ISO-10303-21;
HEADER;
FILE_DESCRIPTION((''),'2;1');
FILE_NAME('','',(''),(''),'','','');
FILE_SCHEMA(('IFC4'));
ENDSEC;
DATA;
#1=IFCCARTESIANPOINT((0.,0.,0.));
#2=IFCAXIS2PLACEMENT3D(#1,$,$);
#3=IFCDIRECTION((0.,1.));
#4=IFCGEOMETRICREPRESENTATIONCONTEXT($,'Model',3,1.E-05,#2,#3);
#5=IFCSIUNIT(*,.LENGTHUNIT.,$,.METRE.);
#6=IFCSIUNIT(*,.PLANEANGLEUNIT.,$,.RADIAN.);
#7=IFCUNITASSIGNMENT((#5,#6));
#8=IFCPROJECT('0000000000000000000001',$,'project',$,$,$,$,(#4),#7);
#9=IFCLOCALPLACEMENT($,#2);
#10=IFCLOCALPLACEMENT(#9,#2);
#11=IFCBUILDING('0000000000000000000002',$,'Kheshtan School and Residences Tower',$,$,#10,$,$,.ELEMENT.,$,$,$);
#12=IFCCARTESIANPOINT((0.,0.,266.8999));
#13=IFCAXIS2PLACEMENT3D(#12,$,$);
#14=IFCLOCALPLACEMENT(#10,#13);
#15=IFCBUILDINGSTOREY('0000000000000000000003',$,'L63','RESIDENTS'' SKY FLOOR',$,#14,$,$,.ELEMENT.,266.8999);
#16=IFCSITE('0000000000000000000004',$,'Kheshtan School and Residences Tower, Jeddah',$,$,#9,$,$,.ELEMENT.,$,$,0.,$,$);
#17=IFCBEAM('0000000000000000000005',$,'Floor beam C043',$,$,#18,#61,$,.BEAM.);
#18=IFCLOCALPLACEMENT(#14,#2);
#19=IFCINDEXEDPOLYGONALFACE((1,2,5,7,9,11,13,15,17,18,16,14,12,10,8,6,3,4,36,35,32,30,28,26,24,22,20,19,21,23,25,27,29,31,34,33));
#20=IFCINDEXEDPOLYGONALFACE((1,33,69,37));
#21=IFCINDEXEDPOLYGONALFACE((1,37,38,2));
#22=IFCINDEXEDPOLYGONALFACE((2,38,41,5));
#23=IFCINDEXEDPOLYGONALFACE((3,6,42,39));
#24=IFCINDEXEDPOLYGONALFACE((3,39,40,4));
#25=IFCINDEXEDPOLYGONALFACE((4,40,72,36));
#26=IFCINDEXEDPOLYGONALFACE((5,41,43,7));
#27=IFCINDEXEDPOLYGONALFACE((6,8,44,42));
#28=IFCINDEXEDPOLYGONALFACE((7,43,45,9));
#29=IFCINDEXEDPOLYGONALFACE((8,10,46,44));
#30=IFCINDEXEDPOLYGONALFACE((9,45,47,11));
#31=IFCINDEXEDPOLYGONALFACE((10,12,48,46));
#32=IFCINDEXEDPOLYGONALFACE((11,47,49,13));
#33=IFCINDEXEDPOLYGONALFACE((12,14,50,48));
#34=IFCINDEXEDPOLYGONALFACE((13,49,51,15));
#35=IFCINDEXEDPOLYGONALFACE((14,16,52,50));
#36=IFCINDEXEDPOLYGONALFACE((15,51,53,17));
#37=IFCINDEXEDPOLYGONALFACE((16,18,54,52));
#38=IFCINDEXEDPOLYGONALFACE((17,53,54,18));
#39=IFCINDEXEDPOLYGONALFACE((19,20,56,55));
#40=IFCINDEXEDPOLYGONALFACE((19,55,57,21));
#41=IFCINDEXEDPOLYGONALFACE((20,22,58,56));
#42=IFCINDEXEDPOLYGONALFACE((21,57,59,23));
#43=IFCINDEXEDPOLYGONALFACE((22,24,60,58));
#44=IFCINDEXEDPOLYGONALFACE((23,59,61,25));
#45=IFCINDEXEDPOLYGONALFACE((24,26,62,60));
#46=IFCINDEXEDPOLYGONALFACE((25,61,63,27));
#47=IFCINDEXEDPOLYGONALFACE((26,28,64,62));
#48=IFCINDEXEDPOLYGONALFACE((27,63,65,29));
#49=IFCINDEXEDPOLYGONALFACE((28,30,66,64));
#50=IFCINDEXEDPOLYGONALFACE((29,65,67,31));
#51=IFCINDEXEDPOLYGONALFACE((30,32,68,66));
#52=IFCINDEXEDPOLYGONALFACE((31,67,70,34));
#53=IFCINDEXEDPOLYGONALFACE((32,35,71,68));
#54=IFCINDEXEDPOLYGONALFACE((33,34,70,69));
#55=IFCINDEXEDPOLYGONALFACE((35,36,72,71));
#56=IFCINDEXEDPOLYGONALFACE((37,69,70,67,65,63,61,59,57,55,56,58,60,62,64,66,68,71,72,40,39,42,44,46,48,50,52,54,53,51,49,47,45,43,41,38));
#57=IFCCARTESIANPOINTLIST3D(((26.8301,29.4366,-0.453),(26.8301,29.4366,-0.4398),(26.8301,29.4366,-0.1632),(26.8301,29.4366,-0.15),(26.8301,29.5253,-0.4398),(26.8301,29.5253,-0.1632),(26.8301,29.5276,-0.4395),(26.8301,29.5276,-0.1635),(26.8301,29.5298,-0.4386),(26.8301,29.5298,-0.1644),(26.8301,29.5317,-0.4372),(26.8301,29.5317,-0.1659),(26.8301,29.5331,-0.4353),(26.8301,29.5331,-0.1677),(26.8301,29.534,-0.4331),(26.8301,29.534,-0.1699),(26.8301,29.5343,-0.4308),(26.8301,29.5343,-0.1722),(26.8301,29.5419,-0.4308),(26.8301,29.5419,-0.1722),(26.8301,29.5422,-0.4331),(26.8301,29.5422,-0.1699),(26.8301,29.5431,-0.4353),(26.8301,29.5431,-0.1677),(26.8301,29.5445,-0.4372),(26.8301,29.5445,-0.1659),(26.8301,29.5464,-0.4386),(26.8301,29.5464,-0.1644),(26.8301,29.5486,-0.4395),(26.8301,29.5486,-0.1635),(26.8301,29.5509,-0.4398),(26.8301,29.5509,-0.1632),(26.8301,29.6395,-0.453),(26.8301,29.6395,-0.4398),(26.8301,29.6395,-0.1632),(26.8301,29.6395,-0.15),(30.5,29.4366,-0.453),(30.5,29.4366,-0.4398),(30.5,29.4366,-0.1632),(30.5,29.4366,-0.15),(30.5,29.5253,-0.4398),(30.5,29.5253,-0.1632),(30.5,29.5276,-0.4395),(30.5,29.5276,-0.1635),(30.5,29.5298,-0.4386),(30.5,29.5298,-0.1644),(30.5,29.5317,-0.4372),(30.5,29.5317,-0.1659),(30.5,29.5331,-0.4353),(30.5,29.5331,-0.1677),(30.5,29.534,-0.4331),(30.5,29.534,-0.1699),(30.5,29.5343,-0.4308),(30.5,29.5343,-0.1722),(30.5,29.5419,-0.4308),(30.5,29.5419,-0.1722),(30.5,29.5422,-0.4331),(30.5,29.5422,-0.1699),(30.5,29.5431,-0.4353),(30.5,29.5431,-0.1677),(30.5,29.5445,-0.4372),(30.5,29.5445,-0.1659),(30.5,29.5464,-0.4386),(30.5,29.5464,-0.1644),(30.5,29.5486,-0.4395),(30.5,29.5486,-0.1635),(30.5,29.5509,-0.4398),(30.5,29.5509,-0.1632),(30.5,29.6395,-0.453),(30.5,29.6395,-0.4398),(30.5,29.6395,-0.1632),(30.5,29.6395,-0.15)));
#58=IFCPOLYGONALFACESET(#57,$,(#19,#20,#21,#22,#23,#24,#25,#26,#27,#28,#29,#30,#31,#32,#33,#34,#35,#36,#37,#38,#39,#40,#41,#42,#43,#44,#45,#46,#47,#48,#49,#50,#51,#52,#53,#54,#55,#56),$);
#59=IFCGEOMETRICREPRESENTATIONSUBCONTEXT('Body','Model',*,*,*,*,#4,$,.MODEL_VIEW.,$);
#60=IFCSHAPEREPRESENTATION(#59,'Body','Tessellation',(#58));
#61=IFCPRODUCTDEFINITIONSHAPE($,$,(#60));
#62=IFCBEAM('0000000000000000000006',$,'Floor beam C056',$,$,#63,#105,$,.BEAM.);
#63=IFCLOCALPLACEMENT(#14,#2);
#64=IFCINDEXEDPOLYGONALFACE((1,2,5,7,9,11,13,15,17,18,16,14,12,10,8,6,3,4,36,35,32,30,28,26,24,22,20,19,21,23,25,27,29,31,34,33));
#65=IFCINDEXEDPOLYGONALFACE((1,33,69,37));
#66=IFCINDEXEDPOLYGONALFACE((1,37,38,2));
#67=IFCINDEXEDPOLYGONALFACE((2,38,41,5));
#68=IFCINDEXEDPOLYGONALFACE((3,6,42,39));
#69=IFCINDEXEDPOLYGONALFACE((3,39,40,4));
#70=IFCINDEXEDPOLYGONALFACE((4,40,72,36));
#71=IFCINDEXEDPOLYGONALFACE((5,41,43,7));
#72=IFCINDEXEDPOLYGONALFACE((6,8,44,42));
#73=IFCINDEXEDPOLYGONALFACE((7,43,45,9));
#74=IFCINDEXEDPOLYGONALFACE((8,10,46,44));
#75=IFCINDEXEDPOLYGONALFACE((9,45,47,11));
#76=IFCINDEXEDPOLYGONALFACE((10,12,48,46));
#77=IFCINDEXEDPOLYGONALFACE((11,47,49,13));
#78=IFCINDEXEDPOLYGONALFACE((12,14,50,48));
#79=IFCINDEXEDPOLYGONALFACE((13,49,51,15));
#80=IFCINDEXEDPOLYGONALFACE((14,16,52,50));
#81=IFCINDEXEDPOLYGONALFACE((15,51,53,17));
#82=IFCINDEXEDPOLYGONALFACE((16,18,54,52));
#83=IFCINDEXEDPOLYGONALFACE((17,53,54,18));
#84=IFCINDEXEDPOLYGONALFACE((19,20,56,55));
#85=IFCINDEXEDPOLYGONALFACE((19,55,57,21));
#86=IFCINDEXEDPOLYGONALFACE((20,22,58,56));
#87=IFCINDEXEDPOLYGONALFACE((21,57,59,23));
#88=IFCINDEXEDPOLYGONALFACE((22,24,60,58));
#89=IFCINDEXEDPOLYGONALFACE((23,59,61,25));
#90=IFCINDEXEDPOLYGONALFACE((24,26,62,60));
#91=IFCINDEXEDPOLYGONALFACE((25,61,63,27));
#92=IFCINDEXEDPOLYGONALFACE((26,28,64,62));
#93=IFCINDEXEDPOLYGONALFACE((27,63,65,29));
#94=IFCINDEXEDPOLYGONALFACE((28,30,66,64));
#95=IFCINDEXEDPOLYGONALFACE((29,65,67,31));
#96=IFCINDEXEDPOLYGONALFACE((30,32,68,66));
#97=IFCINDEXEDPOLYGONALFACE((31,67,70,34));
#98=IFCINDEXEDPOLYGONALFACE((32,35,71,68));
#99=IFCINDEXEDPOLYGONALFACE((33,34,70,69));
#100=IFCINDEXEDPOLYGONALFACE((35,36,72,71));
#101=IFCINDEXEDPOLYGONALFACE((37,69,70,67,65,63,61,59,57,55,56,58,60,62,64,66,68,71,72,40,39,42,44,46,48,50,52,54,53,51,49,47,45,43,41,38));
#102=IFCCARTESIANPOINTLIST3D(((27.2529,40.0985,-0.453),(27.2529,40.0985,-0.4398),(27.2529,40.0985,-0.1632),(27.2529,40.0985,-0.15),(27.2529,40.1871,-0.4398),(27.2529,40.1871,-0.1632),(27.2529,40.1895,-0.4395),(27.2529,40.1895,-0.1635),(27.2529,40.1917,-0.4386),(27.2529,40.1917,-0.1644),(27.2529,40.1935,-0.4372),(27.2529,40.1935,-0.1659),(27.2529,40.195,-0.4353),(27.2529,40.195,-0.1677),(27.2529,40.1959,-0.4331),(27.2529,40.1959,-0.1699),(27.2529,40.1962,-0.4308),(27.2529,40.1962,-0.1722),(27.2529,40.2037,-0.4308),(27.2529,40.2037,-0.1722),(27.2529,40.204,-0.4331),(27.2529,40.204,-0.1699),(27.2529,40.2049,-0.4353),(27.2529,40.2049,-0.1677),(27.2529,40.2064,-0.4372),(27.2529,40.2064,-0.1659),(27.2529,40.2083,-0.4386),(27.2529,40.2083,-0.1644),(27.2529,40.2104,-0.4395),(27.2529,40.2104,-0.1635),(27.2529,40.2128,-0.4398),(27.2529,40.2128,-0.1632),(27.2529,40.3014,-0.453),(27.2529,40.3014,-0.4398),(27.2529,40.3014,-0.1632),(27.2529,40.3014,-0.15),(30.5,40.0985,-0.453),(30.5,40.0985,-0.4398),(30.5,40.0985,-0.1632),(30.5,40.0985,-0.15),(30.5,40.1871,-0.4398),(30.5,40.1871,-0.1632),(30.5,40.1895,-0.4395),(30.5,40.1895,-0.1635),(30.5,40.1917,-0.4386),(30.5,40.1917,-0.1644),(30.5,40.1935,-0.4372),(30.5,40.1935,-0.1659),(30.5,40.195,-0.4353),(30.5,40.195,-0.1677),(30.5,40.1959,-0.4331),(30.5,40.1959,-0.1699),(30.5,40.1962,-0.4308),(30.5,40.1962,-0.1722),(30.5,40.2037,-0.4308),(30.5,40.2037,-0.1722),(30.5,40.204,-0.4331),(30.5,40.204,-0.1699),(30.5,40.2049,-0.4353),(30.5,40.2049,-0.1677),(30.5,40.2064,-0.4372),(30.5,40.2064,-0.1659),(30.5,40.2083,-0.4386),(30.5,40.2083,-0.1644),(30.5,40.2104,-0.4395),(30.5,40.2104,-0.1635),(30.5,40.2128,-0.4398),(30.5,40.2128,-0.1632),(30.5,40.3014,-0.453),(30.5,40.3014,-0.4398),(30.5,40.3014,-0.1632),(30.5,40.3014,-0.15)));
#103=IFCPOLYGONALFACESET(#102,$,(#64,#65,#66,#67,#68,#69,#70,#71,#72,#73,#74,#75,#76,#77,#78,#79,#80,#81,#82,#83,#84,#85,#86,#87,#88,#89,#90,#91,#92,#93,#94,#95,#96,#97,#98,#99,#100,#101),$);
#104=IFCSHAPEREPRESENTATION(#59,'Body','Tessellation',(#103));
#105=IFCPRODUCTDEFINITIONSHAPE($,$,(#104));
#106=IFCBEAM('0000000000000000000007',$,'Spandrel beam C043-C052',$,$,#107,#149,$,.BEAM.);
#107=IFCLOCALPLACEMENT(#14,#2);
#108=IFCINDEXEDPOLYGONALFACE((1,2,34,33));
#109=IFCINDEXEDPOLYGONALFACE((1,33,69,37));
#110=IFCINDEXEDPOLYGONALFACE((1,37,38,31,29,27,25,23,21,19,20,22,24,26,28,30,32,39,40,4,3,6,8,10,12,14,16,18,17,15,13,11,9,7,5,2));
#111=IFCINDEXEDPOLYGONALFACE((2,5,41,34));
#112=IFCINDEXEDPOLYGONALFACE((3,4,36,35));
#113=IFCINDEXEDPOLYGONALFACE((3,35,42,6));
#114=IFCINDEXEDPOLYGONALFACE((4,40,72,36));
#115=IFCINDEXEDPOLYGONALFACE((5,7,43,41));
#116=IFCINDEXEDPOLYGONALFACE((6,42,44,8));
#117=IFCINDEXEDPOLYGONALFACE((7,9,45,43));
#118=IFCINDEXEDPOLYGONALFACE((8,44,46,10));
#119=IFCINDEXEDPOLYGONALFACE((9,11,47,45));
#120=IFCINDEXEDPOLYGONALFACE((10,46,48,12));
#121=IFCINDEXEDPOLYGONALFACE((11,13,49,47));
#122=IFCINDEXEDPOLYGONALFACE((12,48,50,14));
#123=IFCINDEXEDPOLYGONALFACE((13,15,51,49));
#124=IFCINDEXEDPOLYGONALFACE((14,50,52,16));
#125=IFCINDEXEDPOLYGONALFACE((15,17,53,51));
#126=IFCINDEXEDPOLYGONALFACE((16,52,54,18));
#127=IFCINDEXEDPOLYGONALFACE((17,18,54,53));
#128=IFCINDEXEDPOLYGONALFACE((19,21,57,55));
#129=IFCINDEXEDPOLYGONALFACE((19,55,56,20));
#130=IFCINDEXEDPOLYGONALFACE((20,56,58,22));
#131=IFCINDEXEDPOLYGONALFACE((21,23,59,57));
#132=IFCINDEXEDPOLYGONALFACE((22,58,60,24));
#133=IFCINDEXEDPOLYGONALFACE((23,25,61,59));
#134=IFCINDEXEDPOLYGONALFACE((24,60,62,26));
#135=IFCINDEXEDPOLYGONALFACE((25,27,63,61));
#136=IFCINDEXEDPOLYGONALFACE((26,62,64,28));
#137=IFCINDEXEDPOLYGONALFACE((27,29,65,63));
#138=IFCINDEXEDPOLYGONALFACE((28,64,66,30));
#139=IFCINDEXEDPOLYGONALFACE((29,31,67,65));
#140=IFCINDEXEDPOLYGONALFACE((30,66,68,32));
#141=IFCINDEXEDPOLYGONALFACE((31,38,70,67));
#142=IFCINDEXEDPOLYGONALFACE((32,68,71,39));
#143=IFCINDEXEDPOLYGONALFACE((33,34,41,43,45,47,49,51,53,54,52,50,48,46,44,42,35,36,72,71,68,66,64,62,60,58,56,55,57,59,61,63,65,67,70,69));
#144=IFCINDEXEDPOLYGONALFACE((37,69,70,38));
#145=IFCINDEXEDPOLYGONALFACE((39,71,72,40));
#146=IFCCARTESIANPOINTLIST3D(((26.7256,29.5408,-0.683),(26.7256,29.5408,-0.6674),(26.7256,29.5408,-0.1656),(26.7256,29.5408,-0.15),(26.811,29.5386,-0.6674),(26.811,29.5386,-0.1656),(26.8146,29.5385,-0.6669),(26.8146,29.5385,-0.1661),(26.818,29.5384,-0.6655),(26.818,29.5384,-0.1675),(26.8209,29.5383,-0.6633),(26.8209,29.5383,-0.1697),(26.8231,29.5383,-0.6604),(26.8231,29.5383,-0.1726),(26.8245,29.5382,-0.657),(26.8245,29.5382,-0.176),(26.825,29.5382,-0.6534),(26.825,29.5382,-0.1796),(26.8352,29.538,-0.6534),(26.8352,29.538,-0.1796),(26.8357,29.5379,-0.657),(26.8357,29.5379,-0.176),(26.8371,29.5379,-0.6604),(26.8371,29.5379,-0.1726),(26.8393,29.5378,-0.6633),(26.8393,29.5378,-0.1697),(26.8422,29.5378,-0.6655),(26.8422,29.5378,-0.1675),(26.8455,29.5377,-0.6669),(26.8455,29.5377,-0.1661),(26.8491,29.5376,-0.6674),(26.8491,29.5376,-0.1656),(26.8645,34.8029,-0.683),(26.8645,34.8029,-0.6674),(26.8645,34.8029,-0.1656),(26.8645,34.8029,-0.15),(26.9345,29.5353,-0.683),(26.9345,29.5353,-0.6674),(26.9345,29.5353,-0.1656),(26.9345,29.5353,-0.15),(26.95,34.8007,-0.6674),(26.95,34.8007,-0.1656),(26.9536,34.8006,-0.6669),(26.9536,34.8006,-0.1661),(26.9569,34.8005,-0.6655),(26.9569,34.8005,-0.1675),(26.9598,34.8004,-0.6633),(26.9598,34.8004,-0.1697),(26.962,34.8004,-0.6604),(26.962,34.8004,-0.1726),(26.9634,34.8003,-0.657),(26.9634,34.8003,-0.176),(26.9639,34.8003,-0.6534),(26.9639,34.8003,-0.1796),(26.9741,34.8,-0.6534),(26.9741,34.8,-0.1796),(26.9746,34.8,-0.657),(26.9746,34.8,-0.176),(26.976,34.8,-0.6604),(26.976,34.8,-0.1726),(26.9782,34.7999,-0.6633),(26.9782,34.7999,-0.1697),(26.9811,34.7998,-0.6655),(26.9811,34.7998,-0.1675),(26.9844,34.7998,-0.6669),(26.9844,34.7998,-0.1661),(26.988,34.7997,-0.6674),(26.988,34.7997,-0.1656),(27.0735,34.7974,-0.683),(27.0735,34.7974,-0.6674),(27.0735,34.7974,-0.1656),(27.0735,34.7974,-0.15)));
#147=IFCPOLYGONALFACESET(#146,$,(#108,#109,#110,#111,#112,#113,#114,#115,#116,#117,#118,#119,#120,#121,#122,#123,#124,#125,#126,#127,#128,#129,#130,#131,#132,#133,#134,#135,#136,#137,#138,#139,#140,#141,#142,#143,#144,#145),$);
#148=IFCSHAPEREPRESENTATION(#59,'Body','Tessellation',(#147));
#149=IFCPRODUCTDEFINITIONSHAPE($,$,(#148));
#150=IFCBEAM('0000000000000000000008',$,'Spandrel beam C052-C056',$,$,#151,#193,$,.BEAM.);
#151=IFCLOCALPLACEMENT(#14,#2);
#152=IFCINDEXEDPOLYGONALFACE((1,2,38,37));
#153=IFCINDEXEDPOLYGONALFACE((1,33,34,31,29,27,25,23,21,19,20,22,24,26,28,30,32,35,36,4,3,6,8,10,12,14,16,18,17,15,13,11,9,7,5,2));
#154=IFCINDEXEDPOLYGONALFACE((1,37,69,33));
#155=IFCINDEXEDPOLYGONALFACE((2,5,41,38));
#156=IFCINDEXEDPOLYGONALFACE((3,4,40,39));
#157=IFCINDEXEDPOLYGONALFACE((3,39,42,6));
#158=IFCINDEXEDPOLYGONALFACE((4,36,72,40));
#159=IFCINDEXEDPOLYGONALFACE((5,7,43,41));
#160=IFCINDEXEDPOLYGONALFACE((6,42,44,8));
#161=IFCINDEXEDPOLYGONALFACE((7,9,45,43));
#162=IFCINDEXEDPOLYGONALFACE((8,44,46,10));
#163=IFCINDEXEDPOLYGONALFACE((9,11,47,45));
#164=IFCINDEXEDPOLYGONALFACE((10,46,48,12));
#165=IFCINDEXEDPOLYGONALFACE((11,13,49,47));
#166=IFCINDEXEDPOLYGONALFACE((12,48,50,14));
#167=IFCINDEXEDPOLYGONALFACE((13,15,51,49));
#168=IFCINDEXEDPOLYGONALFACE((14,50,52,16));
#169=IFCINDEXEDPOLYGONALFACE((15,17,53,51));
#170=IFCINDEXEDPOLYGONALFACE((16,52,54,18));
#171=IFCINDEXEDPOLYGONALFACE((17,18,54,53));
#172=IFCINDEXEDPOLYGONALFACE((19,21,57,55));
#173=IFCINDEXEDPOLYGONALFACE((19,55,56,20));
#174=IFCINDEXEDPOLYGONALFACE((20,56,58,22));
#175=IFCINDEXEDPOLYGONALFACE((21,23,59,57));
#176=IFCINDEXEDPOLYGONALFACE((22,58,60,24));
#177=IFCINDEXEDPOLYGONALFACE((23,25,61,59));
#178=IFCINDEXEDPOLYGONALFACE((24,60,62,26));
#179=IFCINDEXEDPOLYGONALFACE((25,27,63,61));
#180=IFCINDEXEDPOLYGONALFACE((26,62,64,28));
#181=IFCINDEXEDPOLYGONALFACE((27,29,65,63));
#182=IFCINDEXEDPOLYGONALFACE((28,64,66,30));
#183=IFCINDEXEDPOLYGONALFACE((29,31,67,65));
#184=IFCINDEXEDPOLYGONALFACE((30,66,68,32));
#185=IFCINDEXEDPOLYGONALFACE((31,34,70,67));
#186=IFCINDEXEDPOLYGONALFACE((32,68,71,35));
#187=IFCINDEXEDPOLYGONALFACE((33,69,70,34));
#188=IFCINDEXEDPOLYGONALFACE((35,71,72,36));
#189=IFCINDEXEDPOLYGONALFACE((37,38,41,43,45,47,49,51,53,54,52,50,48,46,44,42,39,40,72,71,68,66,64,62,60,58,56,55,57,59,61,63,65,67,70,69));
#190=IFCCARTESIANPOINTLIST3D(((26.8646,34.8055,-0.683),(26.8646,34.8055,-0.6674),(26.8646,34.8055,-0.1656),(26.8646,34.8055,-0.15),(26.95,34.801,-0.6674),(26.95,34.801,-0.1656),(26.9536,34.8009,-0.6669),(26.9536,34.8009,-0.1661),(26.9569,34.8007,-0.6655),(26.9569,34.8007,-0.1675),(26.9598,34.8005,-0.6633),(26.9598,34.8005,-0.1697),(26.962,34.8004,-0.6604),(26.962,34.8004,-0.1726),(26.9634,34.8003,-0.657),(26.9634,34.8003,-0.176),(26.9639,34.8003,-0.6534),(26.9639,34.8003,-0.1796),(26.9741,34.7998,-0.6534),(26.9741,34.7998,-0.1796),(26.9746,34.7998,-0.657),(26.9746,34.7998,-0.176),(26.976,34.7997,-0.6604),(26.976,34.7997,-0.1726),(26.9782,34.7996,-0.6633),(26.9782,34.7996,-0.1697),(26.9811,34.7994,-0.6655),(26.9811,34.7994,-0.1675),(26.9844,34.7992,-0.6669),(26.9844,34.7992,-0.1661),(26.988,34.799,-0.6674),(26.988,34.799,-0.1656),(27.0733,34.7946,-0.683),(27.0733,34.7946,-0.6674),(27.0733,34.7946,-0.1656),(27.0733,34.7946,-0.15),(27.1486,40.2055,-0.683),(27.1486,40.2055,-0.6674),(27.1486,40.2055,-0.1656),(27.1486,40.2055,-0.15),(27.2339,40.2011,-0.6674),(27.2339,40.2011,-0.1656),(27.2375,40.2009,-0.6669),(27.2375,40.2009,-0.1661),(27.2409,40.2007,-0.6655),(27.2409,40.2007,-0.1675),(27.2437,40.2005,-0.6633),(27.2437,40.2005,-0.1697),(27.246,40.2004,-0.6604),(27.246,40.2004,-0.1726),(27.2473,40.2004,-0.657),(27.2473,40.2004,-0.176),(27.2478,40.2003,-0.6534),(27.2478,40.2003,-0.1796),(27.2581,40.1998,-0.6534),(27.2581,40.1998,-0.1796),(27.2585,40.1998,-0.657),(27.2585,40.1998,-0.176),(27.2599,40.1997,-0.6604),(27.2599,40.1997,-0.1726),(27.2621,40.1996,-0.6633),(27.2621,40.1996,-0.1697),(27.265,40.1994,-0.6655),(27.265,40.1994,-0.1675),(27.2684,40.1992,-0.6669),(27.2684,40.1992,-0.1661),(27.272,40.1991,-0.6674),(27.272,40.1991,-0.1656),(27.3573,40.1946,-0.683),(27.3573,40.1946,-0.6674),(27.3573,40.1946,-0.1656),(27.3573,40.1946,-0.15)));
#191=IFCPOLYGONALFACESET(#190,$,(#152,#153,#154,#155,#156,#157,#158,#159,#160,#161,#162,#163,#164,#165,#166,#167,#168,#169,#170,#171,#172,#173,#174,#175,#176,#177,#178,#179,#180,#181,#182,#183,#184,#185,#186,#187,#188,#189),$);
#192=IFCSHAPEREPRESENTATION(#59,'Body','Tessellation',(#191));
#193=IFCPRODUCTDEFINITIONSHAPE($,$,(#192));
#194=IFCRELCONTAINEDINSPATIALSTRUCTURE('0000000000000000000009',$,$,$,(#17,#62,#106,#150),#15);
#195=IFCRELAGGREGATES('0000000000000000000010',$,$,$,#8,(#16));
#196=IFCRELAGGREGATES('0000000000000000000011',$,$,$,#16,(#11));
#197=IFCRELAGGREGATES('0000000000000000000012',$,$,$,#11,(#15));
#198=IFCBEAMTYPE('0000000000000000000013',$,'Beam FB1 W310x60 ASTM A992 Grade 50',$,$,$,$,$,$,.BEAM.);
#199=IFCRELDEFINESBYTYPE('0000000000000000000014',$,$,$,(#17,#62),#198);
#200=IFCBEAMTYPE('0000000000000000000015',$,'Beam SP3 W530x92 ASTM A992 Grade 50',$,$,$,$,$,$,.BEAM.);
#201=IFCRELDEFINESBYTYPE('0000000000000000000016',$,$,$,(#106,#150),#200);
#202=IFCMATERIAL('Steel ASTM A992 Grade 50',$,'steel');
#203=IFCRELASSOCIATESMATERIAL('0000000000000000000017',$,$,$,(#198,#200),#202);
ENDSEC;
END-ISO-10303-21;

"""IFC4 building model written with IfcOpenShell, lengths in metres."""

from ifc_helpers import new_model, si_unit, direction, frame, origin, origin_2d, place, context, subcontext, project, spatial, i_section, extrude, material, material_profile, profile_set, type_object, element, save


model = new_model("IFC4")

# Units and contexts
model_context = context("Model", 3, precision=1e-05, world=origin(), true_north=direction((0.0, 1.0)))
body_context = subcontext(model_context, "Body", "Model", "MODEL_VIEW")
ifc_project = project(units=[si_unit("LENGTHUNIT", "METRE"), si_unit("PLANEANGLEUNIT", "RADIAN")], contexts=[model_context])

# Site, building, storey
site_placement = place(None, origin())
site = spatial("IfcSite", under=ifc_project, at=site_placement, Name="Kheshtan School and Residences Tower, Jeddah", CompositionType="ELEMENT", RefElevation=0.0)
building_placement = place(site_placement, origin())
building = spatial("IfcBuilding", under=site, at=building_placement, Name="Kheshtan School and Residences Tower", CompositionType="ELEMENT")
storey_placement = place(building_placement, frame((0.0, 0.0, 266.8999)))
storey = spatial("IfcBuildingStorey", under=building, at=storey_placement, Name="L63", Description="RESIDENTS' SKY FLOOR", CompositionType="ELEMENT", Elevation=266.8999)

# Shared definitions
ifc_material_1 = material(Name="Steel ASTM A992 Grade 50", Category="steel")

# Beams
ifc_material_profile_1 = material_profile(ifc_material_1, i_section(OverallWidth=0.2029, OverallDepth=0.303, WebThickness=0.0076, FlangeThickness=0.0132, FilletRadius=0.009, at=origin_2d()), Name="W310x60")
ifc_profile_set_1 = profile_set([ifc_material_profile_1], Name="Steel ASTM A992 Grade 50")
beam_type_1 = type_object("IfcBeamType", Name="Beam FB1 W310x60 ASTM A992 Grade 50", PredefinedType="BEAM", material=ifc_profile_set_1)
beam_1_placement = place(storey_placement, frame((26.8301, 29.5381, -0.3015), z_axis=(1.0, 0.0, 0.0), x_axis=(0.0, 1.0, 0.0)))
element("IfcBeam", 1, at=beam_1_placement, inside=storey, type_object=beam_type_1, Name="Floor beam C043", PredefinedType="BEAM", context=body_context, shape_type="SweptSolid", body=[
    extrude(i_section(OverallWidth=0.2029, OverallDepth=0.303, WebThickness=0.0076, FlangeThickness=0.0132, FilletRadius=0.009, at=origin_2d()), origin(), (0.0, 0.0, 1.0), 3.6699),
])
beam_2_placement = place(storey_placement, frame((27.2529, 40.2, -0.3015), z_axis=(1.0, 0.0, 0.0), x_axis=(0.0, 1.0, 0.0)))
element("IfcBeam", 2, at=beam_2_placement, inside=storey, type_object=beam_type_1, Name="Floor beam C056", PredefinedType="BEAM", context=body_context, shape_type="SweptSolid", body=[
    extrude(i_section(OverallWidth=0.2029, OverallDepth=0.303, WebThickness=0.0076, FlangeThickness=0.0132, FilletRadius=0.009, at=origin_2d()), origin(), (0.0, 0.0, 1.0), 3.2471),
])
ifc_material_profile_2 = material_profile(ifc_material_1, i_section(OverallWidth=0.209, OverallDepth=0.533, WebThickness=0.0103, FlangeThickness=0.0156, FilletRadius=0.0139, at=origin_2d()), Name="W530x92")
ifc_profile_set_2 = profile_set([ifc_material_profile_2], Name="Steel ASTM A992 Grade 50")
beam_type_2 = type_object("IfcBeamType", Name="Beam SP3 W530x92 ASTM A992 Grade 50", PredefinedType="BEAM", material=ifc_profile_set_2)
beam_3_placement = place(storey_placement, frame((26.8301, 29.5381, -0.4165), z_axis=(0.026391, 0.999652, 0.0), x_axis=(-0.999652, 0.026391, 0.0)))
element("IfcBeam", 3, at=beam_3_placement, inside=storey, type_object=beam_type_2, Name="Spandrel beam C043-C052", PredefinedType="BEAM", context=body_context, shape_type="SweptSolid", body=[
    extrude(i_section(OverallWidth=0.209, OverallDepth=0.533, WebThickness=0.0103, FlangeThickness=0.0156, FilletRadius=0.0139, at=origin_2d()), origin(), (0.0, 0.0, 1.0), 5.2639),
])
beam_4_placement = place(storey_placement, frame((26.969, 34.8, -0.4165), z_axis=(0.052509, 0.99862, 0.0), x_axis=(-0.99862, 0.052509, 0.0)))
element("IfcBeam", 4, at=beam_4_placement, inside=storey, type_object=beam_type_2, Name="Spandrel beam C052-C056", PredefinedType="BEAM", context=body_context, shape_type="SweptSolid", body=[
    extrude(i_section(OverallWidth=0.209, OverallDepth=0.533, WebThickness=0.0103, FlangeThickness=0.0156, FilletRadius=0.0139, at=origin_2d()), origin(), (0.0, 0.0, 1.0), 5.4075),
])

save(model, "model.ifc")
